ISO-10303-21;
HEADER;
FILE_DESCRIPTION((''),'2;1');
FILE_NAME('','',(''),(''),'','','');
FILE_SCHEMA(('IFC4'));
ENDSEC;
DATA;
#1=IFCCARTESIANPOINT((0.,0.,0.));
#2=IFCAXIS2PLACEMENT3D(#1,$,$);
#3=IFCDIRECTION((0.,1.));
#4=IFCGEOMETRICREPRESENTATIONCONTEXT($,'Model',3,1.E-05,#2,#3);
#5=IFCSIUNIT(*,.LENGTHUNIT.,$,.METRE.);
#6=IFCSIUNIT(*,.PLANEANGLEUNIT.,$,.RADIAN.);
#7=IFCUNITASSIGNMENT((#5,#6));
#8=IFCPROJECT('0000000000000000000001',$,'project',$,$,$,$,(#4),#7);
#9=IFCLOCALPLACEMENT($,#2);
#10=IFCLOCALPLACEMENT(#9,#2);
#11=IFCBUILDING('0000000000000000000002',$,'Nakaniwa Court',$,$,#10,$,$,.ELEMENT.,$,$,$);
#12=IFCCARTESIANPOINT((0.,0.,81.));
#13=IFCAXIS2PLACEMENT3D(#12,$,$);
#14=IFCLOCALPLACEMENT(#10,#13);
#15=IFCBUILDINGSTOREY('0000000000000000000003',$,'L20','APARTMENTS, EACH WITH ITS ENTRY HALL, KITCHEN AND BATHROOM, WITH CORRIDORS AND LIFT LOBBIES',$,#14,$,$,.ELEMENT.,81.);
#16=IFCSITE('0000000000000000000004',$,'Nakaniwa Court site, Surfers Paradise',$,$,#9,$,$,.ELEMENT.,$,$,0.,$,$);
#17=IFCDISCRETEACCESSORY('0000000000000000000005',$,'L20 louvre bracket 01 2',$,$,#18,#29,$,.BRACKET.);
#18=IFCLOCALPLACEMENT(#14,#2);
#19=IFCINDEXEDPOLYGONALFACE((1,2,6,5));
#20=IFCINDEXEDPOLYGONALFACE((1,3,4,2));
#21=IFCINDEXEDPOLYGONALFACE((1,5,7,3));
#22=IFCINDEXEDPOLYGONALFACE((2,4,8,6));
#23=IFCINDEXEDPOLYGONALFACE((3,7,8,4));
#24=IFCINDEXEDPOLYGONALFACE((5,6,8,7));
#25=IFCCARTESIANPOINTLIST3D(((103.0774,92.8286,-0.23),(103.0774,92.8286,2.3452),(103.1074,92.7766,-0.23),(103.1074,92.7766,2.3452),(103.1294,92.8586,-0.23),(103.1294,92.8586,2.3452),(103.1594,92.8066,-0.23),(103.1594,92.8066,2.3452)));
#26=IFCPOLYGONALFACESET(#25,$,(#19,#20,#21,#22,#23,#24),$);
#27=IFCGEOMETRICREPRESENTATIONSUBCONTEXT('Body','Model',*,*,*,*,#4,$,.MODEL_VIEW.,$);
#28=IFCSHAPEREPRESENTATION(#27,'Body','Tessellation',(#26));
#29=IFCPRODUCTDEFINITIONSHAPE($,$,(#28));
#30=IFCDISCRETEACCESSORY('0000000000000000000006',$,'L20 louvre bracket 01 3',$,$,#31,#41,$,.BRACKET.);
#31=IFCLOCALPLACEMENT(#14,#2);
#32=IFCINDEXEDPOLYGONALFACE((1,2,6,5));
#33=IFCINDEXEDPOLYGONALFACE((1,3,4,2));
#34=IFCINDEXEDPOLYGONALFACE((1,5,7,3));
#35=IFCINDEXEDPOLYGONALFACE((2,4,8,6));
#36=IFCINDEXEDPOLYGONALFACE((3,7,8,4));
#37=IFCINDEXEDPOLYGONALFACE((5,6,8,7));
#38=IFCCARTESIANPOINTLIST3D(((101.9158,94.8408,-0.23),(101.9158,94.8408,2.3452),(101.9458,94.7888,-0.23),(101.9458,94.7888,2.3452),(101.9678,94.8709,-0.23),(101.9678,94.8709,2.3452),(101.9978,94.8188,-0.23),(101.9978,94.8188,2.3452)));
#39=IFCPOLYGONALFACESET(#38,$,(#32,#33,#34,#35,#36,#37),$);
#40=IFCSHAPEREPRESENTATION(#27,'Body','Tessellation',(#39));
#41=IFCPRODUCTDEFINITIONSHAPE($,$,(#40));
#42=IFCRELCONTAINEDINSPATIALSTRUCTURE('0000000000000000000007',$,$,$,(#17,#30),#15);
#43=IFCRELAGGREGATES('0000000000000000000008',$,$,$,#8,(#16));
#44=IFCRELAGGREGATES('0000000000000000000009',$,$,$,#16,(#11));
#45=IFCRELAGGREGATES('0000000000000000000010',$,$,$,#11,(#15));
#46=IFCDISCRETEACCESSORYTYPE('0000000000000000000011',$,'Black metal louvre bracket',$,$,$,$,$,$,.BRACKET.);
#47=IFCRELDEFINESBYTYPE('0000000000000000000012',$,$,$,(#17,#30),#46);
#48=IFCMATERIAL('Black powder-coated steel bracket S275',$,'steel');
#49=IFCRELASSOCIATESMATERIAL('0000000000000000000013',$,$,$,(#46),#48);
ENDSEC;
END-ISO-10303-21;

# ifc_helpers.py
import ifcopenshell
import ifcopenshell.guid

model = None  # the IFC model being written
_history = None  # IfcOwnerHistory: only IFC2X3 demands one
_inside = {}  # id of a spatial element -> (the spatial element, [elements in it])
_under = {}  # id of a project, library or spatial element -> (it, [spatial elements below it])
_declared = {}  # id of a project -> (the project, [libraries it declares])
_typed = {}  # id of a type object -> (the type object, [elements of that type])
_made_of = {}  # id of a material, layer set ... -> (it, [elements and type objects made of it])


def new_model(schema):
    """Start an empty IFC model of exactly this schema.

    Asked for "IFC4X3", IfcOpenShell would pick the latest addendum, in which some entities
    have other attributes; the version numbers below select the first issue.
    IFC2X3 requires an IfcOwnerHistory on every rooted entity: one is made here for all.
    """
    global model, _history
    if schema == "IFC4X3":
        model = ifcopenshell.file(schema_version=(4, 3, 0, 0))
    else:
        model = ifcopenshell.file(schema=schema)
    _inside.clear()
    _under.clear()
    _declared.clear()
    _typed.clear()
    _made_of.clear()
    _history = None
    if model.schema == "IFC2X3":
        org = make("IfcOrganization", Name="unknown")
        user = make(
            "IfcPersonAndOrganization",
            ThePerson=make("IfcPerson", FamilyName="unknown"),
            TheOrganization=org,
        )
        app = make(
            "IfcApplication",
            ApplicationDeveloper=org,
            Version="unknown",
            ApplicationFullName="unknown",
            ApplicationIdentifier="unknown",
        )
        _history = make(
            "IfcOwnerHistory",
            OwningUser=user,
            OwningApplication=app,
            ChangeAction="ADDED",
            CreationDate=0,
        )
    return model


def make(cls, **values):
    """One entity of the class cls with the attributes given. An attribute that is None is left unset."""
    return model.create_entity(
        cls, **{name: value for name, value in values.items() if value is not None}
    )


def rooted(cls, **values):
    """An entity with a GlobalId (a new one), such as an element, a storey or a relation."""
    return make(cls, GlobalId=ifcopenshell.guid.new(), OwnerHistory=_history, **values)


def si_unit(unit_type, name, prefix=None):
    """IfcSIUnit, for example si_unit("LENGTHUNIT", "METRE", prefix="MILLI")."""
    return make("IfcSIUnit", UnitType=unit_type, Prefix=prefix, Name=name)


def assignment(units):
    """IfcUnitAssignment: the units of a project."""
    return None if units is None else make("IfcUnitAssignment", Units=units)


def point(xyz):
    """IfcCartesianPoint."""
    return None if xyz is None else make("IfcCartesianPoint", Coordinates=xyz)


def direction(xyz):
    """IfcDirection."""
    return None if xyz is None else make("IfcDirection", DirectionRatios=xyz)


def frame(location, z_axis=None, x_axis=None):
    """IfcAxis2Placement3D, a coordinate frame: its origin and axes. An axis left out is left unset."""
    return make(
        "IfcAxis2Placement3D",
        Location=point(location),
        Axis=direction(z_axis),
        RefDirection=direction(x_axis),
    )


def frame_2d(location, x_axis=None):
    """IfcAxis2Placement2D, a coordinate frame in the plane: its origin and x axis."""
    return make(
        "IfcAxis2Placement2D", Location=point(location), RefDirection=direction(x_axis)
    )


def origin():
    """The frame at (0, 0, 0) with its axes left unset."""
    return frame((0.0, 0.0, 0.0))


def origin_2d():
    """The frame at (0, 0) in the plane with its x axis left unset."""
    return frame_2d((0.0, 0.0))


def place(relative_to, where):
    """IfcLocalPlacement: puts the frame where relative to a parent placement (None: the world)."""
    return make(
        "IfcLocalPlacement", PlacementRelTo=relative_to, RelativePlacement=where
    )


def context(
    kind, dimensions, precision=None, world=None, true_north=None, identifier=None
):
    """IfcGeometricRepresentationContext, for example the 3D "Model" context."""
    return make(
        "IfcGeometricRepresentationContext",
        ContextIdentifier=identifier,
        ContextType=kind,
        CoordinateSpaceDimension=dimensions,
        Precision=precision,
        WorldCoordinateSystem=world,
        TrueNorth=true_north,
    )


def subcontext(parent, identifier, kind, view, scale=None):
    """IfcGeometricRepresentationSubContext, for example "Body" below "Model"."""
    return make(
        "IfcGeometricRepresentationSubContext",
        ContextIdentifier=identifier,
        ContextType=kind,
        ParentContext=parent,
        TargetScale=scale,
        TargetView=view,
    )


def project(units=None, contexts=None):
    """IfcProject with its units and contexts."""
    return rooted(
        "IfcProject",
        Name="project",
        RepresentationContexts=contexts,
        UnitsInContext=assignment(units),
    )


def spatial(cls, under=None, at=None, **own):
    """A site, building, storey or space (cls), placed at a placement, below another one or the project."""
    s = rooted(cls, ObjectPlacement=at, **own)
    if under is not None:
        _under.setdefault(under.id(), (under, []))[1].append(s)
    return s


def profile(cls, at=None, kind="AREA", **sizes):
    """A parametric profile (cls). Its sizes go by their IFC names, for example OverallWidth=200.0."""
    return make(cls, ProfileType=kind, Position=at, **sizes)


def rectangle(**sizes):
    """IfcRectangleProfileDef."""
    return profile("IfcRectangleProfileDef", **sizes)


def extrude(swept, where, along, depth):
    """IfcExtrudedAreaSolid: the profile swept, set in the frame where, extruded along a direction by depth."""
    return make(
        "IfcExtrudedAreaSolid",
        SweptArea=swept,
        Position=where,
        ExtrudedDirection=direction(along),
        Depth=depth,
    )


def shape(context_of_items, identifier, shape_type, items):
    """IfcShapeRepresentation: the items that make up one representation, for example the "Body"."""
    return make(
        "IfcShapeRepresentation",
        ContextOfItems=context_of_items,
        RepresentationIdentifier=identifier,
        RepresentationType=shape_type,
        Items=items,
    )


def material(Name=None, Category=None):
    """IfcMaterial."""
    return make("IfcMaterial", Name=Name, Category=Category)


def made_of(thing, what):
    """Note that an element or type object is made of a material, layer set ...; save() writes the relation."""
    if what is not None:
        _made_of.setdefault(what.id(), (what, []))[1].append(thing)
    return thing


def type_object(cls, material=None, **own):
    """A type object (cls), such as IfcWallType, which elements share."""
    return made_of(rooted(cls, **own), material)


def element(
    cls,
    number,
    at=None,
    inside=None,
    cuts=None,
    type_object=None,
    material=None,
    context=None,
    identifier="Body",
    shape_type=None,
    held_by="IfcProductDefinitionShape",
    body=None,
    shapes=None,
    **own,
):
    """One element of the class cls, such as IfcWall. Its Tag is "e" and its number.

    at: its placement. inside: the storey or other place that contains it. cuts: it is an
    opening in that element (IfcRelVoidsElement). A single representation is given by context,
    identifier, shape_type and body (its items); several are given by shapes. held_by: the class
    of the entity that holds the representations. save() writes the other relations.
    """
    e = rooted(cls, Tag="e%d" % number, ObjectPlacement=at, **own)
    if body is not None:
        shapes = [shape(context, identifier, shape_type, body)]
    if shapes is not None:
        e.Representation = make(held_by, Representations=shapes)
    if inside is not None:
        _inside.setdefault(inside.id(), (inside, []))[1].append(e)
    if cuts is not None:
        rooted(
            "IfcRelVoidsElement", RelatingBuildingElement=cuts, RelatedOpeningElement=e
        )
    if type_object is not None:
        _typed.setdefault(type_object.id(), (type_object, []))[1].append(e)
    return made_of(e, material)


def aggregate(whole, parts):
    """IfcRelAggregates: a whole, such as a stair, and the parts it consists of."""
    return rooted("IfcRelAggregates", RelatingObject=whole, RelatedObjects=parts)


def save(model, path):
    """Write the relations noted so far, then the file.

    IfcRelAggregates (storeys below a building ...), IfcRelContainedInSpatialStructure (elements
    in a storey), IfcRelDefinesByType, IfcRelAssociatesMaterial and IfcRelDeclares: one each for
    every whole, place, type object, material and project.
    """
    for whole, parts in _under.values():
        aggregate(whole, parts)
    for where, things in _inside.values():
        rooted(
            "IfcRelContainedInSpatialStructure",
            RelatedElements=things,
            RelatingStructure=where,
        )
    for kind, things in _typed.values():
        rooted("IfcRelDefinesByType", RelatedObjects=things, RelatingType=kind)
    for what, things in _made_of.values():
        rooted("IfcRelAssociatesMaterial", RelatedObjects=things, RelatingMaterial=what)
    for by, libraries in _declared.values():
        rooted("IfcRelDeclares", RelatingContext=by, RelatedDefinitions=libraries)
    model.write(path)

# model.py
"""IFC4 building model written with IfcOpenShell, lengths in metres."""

from ifc_helpers import new_model, si_unit, direction, frame, origin, origin_2d, place, context, subcontext, project, spatial, rectangle, extrude, material, type_object, element, save


model = new_model("IFC4")

# Units and contexts
model_context = context("Model", 3, precision=1e-05, world=origin(), true_north=direction((0.0, 1.0)))
body_context = subcontext(model_context, "Body", "Model", "MODEL_VIEW")
ifc_project = project(units=[si_unit("LENGTHUNIT", "METRE"), si_unit("PLANEANGLEUNIT", "RADIAN")], contexts=[model_context])

# Site, building, storey
site_placement = place(None, origin())
site = spatial("IfcSite", under=ifc_project, at=site_placement, Name="Nakaniwa Court site, Surfers Paradise", CompositionType="ELEMENT", RefElevation=0.0)
building_placement = place(site_placement, origin())
building = spatial("IfcBuilding", under=site, at=building_placement, Name="Nakaniwa Court", CompositionType="ELEMENT")
storey_placement = place(building_placement, frame((0.0, 0.0, 81.0)))
storey = spatial("IfcBuildingStorey", under=building, at=storey_placement, Name="L20", Description="APARTMENTS, EACH WITH ITS ENTRY HALL, KITCHEN AND BATHROOM, WITH CORRIDORS AND LIFT LOBBIES", CompositionType="ELEMENT", Elevation=81.0)

# Discrete accessories
ifc_material_1 = material(Name="Black powder-coated steel bracket S275", Category="steel")
discrete_accessory_type = type_object("IfcDiscreteAccessoryType", Name="Black metal louvre bracket", PredefinedType="BRACKET", material=ifc_material_1)
for number, where, z_axis, x_axis, name in (
    (1, (103.1184, 92.8176, -0.23), (0.0, 0.0, 1.0), (-0.499974, 0.86604, 0.0), "L20 louvre bracket 01 2"),
    (2, (101.9568, 94.8298, -0.23), (0.0, 0.0, 1.0), (-0.499974, 0.86604, 0.0), "L20 louvre bracket 01 3"),
):
    element("IfcDiscreteAccessory", number, at=place(storey_placement, frame(where, z_axis=z_axis, x_axis=x_axis)), inside=storey, type_object=discrete_accessory_type, Name=name, PredefinedType="BRACKET", context=body_context, shape_type="SweptSolid", body=[
        extrude(rectangle(XDim=0.0601, YDim=0.0601, at=origin_2d()), origin(), (0.0, 0.0, 1.0), 2.5752),
    ])

save(model, "model.ifc")
